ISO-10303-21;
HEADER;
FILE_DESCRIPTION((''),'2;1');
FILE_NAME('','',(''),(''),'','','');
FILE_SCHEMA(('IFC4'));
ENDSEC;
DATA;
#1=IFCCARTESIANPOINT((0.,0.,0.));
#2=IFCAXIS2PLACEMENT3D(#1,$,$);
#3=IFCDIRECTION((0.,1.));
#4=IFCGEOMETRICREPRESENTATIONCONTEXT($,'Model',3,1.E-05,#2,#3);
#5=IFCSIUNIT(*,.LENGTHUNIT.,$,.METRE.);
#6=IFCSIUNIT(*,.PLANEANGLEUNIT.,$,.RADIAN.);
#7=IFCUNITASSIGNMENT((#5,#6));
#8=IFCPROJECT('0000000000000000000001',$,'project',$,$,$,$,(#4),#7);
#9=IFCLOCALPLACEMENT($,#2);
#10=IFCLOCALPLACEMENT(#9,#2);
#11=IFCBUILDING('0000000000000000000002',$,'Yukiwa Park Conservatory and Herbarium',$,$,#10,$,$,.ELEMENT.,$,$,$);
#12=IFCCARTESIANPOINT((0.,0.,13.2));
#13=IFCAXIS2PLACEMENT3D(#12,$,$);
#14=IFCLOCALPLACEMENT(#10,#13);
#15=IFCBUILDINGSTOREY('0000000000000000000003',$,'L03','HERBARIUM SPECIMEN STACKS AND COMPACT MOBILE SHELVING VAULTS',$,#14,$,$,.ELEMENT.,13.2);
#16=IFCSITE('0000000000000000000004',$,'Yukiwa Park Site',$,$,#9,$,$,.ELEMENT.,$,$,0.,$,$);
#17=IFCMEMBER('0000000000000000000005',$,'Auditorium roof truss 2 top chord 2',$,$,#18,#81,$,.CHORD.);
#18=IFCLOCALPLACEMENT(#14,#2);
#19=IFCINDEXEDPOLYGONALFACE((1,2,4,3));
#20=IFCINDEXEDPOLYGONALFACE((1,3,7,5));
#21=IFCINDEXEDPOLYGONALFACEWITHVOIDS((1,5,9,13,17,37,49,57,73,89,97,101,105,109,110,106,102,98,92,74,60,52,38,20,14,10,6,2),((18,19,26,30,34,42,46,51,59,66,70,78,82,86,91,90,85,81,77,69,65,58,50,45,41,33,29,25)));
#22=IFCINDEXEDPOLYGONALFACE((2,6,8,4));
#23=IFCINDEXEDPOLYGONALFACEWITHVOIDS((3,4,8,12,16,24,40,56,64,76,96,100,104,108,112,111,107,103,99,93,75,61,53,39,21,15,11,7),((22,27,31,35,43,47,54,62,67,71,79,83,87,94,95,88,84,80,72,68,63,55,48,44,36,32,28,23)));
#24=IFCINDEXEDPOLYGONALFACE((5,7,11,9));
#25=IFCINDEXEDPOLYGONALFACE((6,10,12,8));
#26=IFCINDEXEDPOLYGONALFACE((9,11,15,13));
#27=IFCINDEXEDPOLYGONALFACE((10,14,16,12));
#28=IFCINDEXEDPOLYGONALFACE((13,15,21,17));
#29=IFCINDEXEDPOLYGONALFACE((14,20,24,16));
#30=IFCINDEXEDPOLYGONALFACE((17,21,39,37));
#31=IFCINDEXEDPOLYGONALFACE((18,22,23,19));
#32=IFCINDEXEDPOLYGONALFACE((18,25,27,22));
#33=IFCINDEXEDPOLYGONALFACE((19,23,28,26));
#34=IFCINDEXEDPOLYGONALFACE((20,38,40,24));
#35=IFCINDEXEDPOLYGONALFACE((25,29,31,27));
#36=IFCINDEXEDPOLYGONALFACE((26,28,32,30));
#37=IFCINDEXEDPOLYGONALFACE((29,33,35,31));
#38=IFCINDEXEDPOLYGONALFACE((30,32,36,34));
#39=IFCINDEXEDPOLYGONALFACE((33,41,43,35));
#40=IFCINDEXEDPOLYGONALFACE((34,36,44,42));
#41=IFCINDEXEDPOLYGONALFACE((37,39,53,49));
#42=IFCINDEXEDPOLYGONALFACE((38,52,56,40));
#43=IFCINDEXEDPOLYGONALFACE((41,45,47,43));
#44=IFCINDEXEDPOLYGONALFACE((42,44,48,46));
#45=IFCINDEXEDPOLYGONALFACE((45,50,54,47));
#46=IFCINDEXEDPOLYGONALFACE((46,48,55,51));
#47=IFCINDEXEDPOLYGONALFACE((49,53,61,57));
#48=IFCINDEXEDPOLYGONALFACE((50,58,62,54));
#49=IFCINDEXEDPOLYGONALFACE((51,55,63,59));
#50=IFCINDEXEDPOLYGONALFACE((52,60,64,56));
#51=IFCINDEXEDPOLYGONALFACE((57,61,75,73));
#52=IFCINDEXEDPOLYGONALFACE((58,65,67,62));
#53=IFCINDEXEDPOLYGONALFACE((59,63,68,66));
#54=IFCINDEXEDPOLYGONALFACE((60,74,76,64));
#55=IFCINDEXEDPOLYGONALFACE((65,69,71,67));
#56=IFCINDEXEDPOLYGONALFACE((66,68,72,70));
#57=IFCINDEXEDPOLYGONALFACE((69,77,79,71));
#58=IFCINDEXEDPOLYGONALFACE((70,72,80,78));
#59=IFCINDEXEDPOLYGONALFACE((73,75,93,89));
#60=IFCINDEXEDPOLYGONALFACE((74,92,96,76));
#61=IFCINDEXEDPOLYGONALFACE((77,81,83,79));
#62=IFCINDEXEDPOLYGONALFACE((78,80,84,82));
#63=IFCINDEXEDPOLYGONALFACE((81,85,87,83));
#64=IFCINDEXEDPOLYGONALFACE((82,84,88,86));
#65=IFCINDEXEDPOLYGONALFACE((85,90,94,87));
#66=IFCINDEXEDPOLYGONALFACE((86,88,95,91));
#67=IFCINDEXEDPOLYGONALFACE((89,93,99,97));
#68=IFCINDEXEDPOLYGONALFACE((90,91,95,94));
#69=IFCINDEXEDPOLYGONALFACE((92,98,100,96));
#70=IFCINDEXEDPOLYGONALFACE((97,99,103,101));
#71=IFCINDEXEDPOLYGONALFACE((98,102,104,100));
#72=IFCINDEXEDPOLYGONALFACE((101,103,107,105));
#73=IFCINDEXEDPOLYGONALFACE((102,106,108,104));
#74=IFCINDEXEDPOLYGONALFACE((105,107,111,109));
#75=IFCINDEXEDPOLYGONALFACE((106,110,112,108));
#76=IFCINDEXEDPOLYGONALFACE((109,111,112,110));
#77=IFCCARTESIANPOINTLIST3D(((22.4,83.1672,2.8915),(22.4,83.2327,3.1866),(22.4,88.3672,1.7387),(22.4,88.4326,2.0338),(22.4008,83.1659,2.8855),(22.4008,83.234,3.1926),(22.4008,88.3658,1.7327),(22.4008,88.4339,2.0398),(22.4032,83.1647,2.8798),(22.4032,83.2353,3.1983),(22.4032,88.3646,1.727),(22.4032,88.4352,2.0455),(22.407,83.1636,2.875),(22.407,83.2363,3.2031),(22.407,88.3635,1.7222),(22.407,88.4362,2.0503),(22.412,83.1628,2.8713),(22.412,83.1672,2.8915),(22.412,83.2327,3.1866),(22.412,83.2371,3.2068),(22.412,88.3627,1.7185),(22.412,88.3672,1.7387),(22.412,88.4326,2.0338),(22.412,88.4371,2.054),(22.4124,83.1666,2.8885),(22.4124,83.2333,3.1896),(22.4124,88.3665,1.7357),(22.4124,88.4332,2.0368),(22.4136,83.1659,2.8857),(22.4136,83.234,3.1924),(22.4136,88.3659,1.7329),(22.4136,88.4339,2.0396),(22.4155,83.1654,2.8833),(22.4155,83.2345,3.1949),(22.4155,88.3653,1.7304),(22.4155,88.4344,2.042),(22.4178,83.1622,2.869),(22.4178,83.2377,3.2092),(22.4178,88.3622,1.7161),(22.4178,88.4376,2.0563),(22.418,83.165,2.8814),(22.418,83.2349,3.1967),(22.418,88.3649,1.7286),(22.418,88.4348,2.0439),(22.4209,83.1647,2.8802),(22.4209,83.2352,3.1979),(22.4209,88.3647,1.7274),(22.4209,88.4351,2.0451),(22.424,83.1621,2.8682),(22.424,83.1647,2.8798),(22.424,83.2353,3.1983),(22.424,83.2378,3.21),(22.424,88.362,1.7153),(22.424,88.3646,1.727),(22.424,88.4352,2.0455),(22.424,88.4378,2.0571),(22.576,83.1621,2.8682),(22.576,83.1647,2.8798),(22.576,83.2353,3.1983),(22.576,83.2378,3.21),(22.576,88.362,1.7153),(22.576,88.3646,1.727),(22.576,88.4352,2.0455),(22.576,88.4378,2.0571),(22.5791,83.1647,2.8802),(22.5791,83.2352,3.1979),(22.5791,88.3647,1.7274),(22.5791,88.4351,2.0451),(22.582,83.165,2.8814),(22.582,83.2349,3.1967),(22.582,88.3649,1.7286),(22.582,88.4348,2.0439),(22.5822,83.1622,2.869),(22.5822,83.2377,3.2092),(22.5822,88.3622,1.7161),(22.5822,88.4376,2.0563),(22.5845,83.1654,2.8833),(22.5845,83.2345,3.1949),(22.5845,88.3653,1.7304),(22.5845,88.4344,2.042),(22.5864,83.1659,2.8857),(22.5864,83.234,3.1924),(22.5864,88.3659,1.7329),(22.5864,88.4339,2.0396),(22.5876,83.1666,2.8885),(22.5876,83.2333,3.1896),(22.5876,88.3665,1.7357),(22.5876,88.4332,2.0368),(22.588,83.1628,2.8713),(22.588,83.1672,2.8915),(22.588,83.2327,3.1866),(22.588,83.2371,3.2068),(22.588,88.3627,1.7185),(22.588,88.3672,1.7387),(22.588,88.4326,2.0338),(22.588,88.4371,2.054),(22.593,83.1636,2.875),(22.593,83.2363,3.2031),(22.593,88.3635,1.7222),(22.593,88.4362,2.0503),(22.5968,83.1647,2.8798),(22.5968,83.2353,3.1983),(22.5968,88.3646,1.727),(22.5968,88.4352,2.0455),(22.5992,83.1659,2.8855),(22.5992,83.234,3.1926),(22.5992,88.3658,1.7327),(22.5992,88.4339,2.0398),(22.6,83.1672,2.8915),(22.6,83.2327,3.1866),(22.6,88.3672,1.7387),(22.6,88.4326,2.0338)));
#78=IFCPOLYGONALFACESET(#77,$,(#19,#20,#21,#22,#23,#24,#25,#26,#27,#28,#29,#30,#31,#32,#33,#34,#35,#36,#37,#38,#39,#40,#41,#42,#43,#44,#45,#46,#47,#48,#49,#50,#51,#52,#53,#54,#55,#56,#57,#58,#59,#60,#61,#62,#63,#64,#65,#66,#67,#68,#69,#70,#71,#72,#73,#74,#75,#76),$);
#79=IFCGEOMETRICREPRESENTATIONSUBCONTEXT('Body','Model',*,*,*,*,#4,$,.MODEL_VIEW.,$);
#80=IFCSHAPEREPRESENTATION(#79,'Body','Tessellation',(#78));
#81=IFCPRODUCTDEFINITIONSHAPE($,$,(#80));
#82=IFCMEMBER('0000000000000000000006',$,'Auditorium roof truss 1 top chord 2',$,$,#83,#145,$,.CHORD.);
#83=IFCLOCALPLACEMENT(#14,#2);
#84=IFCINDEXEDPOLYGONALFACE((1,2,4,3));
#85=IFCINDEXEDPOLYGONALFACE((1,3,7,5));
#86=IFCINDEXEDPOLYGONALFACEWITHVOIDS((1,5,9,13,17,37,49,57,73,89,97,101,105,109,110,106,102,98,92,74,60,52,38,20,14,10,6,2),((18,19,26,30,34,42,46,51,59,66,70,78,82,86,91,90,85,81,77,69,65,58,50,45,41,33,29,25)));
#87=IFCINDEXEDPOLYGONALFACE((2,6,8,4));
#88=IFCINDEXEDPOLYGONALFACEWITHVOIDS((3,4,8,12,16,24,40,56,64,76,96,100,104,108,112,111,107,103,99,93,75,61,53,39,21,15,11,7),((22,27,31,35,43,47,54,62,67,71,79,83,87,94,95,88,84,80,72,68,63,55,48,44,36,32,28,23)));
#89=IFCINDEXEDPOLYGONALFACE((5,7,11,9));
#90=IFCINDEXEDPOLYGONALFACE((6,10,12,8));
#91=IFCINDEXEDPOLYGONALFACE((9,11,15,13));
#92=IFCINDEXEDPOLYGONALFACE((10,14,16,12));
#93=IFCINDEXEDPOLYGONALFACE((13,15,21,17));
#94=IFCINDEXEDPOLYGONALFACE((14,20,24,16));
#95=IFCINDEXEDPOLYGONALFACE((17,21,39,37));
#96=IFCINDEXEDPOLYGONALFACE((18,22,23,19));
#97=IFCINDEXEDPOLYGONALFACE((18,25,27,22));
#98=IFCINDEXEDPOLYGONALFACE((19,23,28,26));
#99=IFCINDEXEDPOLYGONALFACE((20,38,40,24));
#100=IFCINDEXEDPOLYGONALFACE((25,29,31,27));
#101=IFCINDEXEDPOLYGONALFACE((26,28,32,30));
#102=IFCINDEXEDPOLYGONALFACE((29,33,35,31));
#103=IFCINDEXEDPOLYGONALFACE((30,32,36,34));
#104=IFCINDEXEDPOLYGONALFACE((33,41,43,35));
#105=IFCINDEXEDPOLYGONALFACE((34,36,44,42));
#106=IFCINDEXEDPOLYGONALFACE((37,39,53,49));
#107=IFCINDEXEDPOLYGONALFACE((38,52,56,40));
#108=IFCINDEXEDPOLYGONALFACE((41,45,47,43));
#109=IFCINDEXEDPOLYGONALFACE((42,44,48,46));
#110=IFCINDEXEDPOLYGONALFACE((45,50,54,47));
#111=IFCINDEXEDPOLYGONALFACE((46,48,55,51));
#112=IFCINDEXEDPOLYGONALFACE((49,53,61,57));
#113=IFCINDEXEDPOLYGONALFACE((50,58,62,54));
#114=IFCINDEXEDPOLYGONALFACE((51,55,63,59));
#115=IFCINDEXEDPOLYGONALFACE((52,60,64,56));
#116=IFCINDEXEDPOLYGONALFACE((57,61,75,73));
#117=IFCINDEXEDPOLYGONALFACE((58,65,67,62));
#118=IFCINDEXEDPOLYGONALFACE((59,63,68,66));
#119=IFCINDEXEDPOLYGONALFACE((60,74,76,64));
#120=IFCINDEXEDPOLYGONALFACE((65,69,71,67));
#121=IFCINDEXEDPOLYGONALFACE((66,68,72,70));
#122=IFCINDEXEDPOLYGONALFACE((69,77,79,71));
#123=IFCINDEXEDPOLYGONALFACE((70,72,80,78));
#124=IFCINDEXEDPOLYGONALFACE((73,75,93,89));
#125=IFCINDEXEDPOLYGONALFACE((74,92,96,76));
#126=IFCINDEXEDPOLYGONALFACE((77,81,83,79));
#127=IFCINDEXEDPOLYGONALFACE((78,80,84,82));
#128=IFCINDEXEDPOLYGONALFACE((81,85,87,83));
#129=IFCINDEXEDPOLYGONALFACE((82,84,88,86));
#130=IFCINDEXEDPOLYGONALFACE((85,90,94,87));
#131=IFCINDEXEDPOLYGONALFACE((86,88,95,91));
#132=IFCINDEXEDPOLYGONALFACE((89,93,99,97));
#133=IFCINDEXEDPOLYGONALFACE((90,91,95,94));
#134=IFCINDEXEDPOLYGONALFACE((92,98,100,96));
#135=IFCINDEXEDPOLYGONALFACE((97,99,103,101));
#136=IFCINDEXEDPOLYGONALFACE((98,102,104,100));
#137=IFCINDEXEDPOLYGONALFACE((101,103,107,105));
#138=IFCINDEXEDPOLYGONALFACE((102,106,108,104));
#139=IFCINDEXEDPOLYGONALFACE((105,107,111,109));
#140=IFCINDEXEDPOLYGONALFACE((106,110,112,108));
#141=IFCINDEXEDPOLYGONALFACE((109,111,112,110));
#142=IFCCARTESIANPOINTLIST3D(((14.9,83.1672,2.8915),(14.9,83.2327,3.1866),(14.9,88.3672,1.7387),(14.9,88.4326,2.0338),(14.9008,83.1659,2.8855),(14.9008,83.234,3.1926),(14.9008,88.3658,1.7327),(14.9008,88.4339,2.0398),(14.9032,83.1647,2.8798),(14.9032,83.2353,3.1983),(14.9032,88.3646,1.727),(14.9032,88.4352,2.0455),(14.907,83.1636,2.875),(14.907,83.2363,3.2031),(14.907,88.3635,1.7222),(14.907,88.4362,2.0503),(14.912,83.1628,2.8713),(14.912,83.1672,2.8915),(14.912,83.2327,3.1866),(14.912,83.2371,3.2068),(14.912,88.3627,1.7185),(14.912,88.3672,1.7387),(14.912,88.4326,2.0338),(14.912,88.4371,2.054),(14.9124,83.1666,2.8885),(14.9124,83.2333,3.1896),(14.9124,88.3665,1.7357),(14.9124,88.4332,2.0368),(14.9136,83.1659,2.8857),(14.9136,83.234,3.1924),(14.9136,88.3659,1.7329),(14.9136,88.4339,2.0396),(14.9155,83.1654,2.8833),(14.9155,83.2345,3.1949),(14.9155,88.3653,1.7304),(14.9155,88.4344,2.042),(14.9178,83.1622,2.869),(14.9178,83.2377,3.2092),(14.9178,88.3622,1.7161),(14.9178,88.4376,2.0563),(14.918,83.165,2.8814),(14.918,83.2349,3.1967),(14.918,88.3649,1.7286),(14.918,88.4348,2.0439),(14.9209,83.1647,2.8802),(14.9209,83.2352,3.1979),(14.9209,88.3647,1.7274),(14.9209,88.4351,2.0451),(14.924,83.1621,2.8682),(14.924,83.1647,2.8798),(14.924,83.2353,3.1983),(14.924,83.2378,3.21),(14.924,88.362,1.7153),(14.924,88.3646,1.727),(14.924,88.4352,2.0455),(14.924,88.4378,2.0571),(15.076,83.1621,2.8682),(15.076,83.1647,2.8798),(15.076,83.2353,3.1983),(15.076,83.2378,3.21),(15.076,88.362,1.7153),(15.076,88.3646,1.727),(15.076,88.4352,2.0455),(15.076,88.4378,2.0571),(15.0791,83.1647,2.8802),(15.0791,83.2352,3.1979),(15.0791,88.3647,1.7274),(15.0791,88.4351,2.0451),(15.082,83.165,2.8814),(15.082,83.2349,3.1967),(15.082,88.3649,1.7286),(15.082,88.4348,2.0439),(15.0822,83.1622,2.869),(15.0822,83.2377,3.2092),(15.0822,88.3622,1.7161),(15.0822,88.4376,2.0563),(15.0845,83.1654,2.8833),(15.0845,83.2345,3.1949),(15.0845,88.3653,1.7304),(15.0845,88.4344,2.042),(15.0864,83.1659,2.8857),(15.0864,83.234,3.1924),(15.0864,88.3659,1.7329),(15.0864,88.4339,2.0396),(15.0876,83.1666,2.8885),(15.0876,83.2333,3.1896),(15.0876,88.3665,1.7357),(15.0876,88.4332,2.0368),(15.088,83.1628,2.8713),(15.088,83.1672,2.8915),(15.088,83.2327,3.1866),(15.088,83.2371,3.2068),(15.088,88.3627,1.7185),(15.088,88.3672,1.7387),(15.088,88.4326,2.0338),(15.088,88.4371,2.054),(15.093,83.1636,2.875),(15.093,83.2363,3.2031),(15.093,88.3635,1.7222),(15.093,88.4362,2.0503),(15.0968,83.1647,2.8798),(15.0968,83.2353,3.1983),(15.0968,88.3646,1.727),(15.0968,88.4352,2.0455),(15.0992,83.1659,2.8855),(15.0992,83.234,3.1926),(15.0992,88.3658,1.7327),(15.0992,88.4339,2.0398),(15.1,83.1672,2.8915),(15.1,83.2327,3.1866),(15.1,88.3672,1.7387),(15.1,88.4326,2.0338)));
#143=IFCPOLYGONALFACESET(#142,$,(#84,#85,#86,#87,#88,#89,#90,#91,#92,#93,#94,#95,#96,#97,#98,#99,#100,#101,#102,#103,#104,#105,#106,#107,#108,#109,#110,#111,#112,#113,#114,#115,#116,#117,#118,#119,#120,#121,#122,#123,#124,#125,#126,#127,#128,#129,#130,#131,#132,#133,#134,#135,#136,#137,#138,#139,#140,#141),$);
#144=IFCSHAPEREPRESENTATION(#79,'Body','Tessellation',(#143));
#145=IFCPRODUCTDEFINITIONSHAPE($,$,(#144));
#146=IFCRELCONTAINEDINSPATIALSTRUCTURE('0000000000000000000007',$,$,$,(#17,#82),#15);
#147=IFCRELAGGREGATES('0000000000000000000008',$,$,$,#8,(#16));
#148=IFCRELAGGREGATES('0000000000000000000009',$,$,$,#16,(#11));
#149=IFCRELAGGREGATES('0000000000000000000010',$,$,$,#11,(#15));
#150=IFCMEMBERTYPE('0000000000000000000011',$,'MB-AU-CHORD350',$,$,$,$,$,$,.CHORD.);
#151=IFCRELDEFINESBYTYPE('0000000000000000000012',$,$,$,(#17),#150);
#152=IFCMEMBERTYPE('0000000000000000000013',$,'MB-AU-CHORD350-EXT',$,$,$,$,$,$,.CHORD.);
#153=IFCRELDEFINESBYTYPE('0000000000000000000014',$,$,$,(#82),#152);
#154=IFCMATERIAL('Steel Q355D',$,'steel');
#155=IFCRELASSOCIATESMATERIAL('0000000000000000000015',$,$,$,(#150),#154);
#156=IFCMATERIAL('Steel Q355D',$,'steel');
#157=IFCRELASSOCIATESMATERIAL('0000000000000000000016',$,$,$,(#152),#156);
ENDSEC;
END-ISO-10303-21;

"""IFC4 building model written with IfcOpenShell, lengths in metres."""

from ifc_helpers import new_model, si_unit, direction, frame, origin, origin_2d, place, context, subcontext, project, spatial, hollow_rectangle, extrude, material, material_profile, profile_set, type_object, element, save


model = new_model("IFC4")

# Units and contexts
model_context = context("Model", 3, precision=1e-05, world=origin(), true_north=direction((0.0, 1.0)))
body_context = subcontext(model_context, "Body", "Model", "MODEL_VIEW")
ifc_project = project(units=[si_unit("LENGTHUNIT", "METRE"), si_unit("PLANEANGLEUNIT", "RADIAN")], contexts=[model_context])

# Site, building, storey
site_placement = place(None, origin())
site = spatial("IfcSite", under=ifc_project, at=site_placement, Name="Yukiwa Park Site", CompositionType="ELEMENT", RefElevation=0.0)
building_placement = place(site_placement, origin())
building = spatial("IfcBuilding", under=site, at=building_placement, Name="Yukiwa Park Conservatory and Herbarium", CompositionType="ELEMENT")
storey_placement = place(building_placement, frame((0.0, 0.0, 13.2)))
storey = spatial("IfcBuildingStorey", under=building, at=storey_placement, Name="L03", Description="HERBARIUM SPECIMEN STACKS AND COMPACT MOBILE SHELVING VAULTS", CompositionType="ELEMENT", Elevation=13.2)

# Members
ifc_material_1 = material(Name="Steel Q355D", Category="steel")
ifc_material_profile_1 = material_profile(ifc_material_1, hollow_rectangle(XDim=0.2, YDim=0.3501, WallThickness=0.012, InnerFilletRadius=0.012, OuterFilletRadius=0.0239, at=origin_2d()), Name="RHS 350x200x12")
ifc_profile_set_1 = profile_set([ifc_material_profile_1], Name="Steel Q355D")
member_type_1 = type_object("IfcMemberType", Name="MB-AU-CHORD350", PredefinedType="CHORD", material=ifc_profile_set_1)
member_1_placement = place(storey_placement, frame((22.5, 83.2, 3.0391), z_axis=(0.0, 0.976295, -0.216445), x_axis=(-1.0, 0.0, 0.0)))
element("IfcMember", 1, at=member_1_placement, inside=storey, type_object=member_type_1, Name="Auditorium roof truss 2 top chord 2", PredefinedType="CHORD", context=body_context, shape_type="SweptSolid", body=[
    extrude(hollow_rectangle(XDim=0.2, YDim=0.3501, WallThickness=0.012, InnerFilletRadius=0.012, OuterFilletRadius=0.0239, at=origin_2d()), origin(), (0.0, 0.0, 1.0), 5.3262),
])
ifc_material_2 = material(Name="Steel Q355D", Category="steel")
ifc_material_profile_2 = material_profile(ifc_material_2, hollow_rectangle(XDim=0.2, YDim=0.3501, WallThickness=0.012, InnerFilletRadius=0.012, OuterFilletRadius=0.0239, at=origin_2d()), Name="RHS 350x200x12")
ifc_profile_set_2 = profile_set([ifc_material_profile_2], Name="Steel Q355D")
member_type_2 = type_object("IfcMemberType", Name="MB-AU-CHORD350-EXT", PredefinedType="CHORD", material=ifc_profile_set_2)
member_2_placement = place(storey_placement, frame((15.0, 83.2, 3.0391), z_axis=(0.0, 0.976295, -0.216445), x_axis=(-1.0, 0.0, 0.0)))
element("IfcMember", 2, at=member_2_placement, inside=storey, type_object=member_type_2, Name="Auditorium roof truss 1 top chord 2", PredefinedType="CHORD", context=body_context, shape_type="SweptSolid", body=[
    extrude(hollow_rectangle(XDim=0.2, YDim=0.3501, WallThickness=0.012, InnerFilletRadius=0.012, OuterFilletRadius=0.0239, at=origin_2d()), origin(), (0.0, 0.0, 1.0), 5.3262),
])

save(model, "model.ifc")
